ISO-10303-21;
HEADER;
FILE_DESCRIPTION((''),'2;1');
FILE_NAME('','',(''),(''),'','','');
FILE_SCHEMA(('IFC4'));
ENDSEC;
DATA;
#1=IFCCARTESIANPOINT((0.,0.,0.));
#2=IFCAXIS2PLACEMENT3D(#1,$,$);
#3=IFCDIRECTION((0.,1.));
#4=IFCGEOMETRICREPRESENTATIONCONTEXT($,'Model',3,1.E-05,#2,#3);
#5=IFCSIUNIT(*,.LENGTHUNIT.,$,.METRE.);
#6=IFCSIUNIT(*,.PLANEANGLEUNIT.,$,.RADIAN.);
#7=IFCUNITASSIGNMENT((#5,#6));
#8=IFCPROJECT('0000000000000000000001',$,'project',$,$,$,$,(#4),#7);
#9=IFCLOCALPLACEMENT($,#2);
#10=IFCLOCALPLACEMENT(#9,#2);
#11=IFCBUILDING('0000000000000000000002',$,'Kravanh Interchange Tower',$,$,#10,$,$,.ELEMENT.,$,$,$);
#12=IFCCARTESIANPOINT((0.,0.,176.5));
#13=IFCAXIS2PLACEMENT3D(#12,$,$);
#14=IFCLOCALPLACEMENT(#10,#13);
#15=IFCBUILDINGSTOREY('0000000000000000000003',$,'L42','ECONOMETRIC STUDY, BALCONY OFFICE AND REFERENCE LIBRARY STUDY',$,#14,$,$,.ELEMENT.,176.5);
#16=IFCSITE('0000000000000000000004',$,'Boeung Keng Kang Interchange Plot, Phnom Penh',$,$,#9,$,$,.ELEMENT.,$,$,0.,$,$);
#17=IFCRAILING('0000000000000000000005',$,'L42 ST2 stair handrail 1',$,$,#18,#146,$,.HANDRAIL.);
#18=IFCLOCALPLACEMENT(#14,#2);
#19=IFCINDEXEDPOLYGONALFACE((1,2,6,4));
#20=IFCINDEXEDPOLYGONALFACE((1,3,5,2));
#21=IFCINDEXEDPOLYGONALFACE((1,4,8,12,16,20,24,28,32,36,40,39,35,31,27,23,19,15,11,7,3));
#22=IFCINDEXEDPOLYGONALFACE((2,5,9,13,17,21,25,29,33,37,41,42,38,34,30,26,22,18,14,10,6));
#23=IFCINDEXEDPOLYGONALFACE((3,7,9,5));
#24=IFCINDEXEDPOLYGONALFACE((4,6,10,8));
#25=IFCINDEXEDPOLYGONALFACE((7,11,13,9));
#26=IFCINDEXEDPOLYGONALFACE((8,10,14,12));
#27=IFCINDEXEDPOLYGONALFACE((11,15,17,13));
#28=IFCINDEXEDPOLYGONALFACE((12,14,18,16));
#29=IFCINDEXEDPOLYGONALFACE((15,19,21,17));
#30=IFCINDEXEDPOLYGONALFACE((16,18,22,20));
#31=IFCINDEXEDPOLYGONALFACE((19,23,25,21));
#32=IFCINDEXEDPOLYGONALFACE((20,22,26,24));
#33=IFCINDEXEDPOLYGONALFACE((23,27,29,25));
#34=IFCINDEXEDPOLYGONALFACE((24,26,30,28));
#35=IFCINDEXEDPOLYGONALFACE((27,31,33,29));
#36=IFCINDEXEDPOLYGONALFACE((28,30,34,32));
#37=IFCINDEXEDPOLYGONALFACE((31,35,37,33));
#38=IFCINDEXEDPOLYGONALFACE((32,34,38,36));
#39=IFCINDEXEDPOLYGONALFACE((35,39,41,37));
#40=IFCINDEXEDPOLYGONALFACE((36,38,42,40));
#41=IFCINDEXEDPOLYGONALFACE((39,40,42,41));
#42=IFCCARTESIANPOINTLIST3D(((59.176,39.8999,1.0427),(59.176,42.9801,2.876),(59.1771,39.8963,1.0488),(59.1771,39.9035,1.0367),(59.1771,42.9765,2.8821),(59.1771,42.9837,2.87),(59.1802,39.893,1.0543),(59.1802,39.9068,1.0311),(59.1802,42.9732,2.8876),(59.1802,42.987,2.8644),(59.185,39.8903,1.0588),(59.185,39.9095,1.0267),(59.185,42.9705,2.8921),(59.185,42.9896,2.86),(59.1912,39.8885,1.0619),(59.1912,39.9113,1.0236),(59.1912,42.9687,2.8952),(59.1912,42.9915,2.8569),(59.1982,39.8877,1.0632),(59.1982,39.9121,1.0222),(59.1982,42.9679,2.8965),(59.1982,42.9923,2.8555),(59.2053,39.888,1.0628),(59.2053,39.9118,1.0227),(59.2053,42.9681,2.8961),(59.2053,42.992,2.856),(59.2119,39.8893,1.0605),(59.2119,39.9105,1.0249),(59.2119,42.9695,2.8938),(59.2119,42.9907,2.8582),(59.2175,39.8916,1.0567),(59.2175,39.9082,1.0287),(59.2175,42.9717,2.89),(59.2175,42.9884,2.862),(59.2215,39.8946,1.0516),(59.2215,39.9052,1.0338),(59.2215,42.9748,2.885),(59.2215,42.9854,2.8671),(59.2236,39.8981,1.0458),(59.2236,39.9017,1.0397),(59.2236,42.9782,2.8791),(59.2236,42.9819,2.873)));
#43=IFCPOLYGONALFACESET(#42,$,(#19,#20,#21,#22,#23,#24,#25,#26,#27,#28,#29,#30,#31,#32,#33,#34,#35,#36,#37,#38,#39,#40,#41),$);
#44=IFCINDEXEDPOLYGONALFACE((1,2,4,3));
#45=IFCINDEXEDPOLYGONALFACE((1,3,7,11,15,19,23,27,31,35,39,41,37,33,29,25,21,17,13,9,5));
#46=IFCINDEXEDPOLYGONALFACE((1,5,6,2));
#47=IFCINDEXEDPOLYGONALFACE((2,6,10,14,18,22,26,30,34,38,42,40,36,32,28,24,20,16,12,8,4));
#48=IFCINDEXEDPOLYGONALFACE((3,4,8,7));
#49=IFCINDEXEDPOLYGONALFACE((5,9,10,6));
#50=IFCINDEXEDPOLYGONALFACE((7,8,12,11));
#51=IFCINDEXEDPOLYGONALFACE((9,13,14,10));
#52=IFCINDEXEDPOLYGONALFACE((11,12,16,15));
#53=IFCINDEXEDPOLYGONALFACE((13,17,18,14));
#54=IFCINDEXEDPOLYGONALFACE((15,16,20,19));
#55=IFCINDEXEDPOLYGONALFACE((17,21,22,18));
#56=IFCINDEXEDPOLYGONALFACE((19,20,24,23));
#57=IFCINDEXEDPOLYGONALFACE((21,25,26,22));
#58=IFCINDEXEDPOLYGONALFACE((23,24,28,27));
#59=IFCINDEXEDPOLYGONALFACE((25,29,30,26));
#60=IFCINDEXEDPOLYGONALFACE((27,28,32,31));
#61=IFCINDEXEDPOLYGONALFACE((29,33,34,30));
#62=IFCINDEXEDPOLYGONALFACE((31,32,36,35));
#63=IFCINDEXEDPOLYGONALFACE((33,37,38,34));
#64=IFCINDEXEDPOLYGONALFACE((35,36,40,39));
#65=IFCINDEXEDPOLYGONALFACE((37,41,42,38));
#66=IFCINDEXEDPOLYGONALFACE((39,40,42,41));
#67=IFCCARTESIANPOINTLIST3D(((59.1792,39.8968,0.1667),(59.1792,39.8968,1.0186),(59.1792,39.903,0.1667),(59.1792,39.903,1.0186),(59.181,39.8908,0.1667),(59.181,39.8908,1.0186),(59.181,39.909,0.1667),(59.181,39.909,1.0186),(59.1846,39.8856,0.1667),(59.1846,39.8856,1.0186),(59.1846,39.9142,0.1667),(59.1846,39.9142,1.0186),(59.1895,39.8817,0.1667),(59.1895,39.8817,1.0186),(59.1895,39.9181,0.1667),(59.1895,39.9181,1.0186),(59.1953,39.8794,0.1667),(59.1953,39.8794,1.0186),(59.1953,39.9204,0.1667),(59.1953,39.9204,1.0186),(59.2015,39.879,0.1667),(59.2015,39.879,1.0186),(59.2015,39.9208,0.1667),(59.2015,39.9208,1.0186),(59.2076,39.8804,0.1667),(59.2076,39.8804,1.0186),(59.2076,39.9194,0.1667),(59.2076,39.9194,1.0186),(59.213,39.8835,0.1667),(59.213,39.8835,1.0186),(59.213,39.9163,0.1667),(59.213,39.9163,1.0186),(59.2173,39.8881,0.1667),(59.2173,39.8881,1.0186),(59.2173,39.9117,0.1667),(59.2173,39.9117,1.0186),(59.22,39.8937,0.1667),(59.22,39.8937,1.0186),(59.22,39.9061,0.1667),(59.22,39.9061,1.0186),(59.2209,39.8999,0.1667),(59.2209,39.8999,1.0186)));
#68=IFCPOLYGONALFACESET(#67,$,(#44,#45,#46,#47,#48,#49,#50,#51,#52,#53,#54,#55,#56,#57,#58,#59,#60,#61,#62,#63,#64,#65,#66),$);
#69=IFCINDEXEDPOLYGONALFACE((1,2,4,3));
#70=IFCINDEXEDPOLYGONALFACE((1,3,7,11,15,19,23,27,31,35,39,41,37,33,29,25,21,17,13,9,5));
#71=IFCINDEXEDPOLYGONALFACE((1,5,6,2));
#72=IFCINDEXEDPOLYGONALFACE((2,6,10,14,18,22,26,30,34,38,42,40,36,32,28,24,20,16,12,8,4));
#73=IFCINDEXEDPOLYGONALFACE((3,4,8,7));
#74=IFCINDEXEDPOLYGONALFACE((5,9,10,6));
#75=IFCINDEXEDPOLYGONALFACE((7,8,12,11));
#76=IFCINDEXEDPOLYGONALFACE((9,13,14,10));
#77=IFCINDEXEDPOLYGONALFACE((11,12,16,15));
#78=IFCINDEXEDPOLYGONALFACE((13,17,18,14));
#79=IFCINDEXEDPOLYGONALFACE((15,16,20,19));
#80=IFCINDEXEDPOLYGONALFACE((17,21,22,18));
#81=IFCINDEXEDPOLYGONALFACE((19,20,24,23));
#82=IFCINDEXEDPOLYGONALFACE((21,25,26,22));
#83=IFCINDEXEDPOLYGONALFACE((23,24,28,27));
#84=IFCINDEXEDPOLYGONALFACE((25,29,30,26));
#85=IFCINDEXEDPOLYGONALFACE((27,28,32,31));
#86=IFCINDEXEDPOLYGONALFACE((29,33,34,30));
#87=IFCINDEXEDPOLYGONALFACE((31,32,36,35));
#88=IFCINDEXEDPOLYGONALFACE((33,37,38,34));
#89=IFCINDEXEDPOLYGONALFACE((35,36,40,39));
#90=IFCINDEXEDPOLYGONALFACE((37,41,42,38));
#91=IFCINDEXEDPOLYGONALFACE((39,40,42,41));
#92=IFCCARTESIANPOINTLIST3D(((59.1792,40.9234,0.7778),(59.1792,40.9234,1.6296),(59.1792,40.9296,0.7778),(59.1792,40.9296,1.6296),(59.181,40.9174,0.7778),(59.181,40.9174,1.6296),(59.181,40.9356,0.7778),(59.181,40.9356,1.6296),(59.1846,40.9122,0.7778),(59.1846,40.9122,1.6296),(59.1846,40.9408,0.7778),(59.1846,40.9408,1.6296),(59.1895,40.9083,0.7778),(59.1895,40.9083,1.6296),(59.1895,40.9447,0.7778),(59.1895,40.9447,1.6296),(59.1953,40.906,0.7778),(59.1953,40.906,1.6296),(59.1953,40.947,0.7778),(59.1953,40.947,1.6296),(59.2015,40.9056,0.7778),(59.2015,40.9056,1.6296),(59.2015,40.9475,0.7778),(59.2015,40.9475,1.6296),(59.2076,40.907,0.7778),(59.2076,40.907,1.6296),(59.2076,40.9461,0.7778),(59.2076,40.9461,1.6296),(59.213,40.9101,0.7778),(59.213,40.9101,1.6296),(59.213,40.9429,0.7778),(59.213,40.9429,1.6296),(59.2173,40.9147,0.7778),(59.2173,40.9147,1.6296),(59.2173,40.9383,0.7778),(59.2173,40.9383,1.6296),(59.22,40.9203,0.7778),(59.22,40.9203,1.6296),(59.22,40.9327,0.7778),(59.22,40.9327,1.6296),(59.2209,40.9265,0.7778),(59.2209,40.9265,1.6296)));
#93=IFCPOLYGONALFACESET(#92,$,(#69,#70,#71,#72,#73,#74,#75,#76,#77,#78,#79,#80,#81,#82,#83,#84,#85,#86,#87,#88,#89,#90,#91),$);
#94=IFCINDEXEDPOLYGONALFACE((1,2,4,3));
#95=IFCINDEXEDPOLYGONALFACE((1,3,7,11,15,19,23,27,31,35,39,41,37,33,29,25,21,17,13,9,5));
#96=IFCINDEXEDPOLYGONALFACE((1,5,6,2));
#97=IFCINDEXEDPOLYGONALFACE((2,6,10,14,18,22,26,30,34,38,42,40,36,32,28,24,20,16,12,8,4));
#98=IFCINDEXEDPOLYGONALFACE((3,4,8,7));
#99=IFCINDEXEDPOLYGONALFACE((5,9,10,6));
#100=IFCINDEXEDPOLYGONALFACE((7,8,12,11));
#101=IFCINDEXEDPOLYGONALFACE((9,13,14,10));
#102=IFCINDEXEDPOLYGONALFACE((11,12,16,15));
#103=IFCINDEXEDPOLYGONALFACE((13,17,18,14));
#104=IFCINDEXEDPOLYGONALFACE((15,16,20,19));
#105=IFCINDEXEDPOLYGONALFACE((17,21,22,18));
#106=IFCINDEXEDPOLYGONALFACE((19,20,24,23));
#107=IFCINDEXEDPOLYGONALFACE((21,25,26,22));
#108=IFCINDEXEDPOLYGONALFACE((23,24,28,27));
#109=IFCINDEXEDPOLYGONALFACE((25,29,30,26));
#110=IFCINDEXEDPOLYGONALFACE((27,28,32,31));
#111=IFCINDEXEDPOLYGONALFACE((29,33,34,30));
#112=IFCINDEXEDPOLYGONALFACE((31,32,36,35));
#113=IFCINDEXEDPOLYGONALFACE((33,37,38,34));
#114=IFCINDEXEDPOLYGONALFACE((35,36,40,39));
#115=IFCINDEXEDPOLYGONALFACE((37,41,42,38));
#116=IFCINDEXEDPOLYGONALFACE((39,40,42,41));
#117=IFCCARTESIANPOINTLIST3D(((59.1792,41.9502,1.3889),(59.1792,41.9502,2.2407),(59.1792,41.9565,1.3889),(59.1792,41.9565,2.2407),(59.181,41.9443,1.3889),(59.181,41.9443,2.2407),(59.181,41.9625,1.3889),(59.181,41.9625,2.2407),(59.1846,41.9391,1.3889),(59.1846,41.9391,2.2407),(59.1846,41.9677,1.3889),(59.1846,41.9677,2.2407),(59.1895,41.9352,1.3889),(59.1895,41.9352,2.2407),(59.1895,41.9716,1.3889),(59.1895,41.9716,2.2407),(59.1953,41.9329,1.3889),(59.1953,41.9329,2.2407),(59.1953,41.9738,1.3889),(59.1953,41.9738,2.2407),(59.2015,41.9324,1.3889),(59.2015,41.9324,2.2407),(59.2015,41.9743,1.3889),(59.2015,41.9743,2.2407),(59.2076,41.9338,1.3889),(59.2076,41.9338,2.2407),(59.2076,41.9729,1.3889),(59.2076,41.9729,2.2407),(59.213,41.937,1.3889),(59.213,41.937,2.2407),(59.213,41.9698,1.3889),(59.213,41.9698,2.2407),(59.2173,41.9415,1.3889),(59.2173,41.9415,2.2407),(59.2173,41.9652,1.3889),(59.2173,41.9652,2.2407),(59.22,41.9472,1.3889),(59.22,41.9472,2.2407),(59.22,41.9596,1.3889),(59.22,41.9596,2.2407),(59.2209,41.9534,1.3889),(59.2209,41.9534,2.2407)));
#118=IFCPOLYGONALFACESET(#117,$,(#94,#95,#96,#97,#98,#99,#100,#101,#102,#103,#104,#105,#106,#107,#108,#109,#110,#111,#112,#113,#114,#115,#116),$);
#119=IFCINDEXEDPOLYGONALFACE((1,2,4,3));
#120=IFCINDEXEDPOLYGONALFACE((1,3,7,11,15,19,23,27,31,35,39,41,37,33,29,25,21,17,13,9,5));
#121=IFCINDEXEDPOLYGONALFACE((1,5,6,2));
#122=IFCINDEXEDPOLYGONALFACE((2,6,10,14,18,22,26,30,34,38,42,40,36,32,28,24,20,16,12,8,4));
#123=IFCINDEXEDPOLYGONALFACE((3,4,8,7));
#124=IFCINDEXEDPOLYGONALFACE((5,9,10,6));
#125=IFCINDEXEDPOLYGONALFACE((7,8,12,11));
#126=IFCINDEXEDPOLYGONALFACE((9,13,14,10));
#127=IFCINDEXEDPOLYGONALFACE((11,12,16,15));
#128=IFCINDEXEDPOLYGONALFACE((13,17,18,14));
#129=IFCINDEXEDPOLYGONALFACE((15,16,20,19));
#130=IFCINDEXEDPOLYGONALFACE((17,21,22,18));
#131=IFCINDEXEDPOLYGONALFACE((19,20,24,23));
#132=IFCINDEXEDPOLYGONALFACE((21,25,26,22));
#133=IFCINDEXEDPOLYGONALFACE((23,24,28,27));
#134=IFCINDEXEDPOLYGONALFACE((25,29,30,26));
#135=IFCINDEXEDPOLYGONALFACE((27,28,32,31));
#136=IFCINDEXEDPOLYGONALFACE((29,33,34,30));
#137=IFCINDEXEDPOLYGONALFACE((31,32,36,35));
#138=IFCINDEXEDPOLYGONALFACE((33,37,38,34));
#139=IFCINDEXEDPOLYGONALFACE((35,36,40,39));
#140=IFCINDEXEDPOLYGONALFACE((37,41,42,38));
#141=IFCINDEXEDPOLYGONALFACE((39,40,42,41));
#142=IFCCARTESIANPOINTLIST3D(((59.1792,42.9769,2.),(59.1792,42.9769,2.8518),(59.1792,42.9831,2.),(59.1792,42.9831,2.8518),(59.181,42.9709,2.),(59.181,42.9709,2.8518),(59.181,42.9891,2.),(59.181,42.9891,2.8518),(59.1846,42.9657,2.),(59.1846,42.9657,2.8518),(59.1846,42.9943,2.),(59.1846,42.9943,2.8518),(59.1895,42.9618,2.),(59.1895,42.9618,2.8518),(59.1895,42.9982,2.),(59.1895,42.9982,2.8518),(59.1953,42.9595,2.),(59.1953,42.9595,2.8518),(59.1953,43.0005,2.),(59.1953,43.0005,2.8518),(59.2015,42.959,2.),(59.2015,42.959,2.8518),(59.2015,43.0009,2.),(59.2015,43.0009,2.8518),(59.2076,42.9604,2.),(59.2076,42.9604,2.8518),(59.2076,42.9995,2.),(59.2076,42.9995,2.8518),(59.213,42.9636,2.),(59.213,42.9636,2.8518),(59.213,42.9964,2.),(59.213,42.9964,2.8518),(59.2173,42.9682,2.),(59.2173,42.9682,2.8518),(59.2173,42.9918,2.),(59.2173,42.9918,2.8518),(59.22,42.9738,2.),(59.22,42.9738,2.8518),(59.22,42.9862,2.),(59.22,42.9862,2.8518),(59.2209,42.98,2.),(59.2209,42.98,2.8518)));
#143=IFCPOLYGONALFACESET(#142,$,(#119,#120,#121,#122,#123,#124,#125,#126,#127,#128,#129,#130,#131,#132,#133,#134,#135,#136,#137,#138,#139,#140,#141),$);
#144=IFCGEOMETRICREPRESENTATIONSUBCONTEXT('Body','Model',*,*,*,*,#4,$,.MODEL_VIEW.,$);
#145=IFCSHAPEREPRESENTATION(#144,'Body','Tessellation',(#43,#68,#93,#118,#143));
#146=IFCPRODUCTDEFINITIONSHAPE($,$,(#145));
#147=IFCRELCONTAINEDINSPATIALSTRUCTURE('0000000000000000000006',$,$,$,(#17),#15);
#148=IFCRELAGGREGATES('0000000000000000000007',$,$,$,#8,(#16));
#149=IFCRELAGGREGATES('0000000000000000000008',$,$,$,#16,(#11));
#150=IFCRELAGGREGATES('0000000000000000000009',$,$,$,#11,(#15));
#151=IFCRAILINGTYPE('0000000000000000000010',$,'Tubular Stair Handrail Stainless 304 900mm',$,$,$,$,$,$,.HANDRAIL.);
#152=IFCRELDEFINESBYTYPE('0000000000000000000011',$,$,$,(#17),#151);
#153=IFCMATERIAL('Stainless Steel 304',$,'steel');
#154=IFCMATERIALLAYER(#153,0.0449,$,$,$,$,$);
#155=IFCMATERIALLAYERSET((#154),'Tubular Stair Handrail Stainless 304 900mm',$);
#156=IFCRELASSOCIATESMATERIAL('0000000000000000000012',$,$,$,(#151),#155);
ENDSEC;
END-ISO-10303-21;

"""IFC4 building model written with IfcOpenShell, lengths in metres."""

from ifc_helpers import new_model, si_unit, direction, frame, origin, origin_2d, place, context, subcontext, project, spatial, circle, extrude, material, layer, layer_set, type_object, element, save


model = new_model("IFC4")

# Units and contexts
model_context = context("Model", 3, precision=1e-05, world=origin(), true_north=direction((0.0, 1.0)))
body_context = subcontext(model_context, "Body", "Model", "MODEL_VIEW")
ifc_project = project(units=[si_unit("LENGTHUNIT", "METRE"), si_unit("PLANEANGLEUNIT", "RADIAN")], contexts=[model_context])

# Site, building, storey
site_placement = place(None, origin())
site = spatial("IfcSite", under=ifc_project, at=site_placement, Name="Boeung Keng Kang Interchange Plot, Phnom Penh", CompositionType="ELEMENT", RefElevation=0.0)
building_placement = place(site_placement, origin())
building = spatial("IfcBuilding", under=site, at=building_placement, Name="Kravanh Interchange Tower", CompositionType="ELEMENT")
storey_placement = place(building_placement, frame((0.0, 0.0, 176.5)))
storey = spatial("IfcBuildingStorey", under=building, at=storey_placement, Name="L42", Description="ECONOMETRIC STUDY, BALCONY OFFICE AND REFERENCE LIBRARY STUDY", CompositionType="ELEMENT", Elevation=176.5)

# Railing
ifc_material_1 = material(Name="Stainless Steel 304", Category="steel")
ifc_layer_1 = layer(ifc_material_1, 0.0449)
ifc_layer_set_1 = layer_set([ifc_layer_1], Name="Tubular Stair Handrail Stainless 304 900mm")
railing_type_1 = type_object("IfcRailingType", Name="Tubular Stair Handrail Stainless 304 900mm", PredefinedType="HANDRAIL", material=ifc_layer_set_1)
railing_1_placement = place(storey_placement, frame((59.2, 39.8999, 0.1667)))
element("IfcRailing", 1, at=railing_1_placement, inside=storey, type_object=railing_type_1, Name="L42 ST2 stair handrail 1", PredefinedType="HANDRAIL", context=body_context, shape_type="SweptSolid", body=[
    extrude(circle(Radius=0.0239, at=origin_2d()), frame((0.0, 0.0, 0.876), z_axis=(0.0, 0.859309, 0.511458), x_axis=(-1.0, 0.0, 0.0)), (0.0, 0.0, 1.0), 3.5845),
    extrude(circle(Radius=0.021, at=origin_2d()), origin(), (0.0, 0.0, 1.0), 0.8518),
    extrude(circle(Radius=0.021, at=origin_2d()), frame((0.0, 1.0266, 0.6111)), (0.0, 0.0, 1.0), 0.8518),
    extrude(circle(Radius=0.021, at=origin_2d()), frame((0.0, 2.0535, 1.2222)), (0.0, 0.0, 1.0), 0.8518),
    extrude(circle(Radius=0.021, at=origin_2d()), frame((0.0, 3.0801, 1.8333)), (0.0, 0.0, 1.0), 0.8518),
])

save(model, "model.ifc")
